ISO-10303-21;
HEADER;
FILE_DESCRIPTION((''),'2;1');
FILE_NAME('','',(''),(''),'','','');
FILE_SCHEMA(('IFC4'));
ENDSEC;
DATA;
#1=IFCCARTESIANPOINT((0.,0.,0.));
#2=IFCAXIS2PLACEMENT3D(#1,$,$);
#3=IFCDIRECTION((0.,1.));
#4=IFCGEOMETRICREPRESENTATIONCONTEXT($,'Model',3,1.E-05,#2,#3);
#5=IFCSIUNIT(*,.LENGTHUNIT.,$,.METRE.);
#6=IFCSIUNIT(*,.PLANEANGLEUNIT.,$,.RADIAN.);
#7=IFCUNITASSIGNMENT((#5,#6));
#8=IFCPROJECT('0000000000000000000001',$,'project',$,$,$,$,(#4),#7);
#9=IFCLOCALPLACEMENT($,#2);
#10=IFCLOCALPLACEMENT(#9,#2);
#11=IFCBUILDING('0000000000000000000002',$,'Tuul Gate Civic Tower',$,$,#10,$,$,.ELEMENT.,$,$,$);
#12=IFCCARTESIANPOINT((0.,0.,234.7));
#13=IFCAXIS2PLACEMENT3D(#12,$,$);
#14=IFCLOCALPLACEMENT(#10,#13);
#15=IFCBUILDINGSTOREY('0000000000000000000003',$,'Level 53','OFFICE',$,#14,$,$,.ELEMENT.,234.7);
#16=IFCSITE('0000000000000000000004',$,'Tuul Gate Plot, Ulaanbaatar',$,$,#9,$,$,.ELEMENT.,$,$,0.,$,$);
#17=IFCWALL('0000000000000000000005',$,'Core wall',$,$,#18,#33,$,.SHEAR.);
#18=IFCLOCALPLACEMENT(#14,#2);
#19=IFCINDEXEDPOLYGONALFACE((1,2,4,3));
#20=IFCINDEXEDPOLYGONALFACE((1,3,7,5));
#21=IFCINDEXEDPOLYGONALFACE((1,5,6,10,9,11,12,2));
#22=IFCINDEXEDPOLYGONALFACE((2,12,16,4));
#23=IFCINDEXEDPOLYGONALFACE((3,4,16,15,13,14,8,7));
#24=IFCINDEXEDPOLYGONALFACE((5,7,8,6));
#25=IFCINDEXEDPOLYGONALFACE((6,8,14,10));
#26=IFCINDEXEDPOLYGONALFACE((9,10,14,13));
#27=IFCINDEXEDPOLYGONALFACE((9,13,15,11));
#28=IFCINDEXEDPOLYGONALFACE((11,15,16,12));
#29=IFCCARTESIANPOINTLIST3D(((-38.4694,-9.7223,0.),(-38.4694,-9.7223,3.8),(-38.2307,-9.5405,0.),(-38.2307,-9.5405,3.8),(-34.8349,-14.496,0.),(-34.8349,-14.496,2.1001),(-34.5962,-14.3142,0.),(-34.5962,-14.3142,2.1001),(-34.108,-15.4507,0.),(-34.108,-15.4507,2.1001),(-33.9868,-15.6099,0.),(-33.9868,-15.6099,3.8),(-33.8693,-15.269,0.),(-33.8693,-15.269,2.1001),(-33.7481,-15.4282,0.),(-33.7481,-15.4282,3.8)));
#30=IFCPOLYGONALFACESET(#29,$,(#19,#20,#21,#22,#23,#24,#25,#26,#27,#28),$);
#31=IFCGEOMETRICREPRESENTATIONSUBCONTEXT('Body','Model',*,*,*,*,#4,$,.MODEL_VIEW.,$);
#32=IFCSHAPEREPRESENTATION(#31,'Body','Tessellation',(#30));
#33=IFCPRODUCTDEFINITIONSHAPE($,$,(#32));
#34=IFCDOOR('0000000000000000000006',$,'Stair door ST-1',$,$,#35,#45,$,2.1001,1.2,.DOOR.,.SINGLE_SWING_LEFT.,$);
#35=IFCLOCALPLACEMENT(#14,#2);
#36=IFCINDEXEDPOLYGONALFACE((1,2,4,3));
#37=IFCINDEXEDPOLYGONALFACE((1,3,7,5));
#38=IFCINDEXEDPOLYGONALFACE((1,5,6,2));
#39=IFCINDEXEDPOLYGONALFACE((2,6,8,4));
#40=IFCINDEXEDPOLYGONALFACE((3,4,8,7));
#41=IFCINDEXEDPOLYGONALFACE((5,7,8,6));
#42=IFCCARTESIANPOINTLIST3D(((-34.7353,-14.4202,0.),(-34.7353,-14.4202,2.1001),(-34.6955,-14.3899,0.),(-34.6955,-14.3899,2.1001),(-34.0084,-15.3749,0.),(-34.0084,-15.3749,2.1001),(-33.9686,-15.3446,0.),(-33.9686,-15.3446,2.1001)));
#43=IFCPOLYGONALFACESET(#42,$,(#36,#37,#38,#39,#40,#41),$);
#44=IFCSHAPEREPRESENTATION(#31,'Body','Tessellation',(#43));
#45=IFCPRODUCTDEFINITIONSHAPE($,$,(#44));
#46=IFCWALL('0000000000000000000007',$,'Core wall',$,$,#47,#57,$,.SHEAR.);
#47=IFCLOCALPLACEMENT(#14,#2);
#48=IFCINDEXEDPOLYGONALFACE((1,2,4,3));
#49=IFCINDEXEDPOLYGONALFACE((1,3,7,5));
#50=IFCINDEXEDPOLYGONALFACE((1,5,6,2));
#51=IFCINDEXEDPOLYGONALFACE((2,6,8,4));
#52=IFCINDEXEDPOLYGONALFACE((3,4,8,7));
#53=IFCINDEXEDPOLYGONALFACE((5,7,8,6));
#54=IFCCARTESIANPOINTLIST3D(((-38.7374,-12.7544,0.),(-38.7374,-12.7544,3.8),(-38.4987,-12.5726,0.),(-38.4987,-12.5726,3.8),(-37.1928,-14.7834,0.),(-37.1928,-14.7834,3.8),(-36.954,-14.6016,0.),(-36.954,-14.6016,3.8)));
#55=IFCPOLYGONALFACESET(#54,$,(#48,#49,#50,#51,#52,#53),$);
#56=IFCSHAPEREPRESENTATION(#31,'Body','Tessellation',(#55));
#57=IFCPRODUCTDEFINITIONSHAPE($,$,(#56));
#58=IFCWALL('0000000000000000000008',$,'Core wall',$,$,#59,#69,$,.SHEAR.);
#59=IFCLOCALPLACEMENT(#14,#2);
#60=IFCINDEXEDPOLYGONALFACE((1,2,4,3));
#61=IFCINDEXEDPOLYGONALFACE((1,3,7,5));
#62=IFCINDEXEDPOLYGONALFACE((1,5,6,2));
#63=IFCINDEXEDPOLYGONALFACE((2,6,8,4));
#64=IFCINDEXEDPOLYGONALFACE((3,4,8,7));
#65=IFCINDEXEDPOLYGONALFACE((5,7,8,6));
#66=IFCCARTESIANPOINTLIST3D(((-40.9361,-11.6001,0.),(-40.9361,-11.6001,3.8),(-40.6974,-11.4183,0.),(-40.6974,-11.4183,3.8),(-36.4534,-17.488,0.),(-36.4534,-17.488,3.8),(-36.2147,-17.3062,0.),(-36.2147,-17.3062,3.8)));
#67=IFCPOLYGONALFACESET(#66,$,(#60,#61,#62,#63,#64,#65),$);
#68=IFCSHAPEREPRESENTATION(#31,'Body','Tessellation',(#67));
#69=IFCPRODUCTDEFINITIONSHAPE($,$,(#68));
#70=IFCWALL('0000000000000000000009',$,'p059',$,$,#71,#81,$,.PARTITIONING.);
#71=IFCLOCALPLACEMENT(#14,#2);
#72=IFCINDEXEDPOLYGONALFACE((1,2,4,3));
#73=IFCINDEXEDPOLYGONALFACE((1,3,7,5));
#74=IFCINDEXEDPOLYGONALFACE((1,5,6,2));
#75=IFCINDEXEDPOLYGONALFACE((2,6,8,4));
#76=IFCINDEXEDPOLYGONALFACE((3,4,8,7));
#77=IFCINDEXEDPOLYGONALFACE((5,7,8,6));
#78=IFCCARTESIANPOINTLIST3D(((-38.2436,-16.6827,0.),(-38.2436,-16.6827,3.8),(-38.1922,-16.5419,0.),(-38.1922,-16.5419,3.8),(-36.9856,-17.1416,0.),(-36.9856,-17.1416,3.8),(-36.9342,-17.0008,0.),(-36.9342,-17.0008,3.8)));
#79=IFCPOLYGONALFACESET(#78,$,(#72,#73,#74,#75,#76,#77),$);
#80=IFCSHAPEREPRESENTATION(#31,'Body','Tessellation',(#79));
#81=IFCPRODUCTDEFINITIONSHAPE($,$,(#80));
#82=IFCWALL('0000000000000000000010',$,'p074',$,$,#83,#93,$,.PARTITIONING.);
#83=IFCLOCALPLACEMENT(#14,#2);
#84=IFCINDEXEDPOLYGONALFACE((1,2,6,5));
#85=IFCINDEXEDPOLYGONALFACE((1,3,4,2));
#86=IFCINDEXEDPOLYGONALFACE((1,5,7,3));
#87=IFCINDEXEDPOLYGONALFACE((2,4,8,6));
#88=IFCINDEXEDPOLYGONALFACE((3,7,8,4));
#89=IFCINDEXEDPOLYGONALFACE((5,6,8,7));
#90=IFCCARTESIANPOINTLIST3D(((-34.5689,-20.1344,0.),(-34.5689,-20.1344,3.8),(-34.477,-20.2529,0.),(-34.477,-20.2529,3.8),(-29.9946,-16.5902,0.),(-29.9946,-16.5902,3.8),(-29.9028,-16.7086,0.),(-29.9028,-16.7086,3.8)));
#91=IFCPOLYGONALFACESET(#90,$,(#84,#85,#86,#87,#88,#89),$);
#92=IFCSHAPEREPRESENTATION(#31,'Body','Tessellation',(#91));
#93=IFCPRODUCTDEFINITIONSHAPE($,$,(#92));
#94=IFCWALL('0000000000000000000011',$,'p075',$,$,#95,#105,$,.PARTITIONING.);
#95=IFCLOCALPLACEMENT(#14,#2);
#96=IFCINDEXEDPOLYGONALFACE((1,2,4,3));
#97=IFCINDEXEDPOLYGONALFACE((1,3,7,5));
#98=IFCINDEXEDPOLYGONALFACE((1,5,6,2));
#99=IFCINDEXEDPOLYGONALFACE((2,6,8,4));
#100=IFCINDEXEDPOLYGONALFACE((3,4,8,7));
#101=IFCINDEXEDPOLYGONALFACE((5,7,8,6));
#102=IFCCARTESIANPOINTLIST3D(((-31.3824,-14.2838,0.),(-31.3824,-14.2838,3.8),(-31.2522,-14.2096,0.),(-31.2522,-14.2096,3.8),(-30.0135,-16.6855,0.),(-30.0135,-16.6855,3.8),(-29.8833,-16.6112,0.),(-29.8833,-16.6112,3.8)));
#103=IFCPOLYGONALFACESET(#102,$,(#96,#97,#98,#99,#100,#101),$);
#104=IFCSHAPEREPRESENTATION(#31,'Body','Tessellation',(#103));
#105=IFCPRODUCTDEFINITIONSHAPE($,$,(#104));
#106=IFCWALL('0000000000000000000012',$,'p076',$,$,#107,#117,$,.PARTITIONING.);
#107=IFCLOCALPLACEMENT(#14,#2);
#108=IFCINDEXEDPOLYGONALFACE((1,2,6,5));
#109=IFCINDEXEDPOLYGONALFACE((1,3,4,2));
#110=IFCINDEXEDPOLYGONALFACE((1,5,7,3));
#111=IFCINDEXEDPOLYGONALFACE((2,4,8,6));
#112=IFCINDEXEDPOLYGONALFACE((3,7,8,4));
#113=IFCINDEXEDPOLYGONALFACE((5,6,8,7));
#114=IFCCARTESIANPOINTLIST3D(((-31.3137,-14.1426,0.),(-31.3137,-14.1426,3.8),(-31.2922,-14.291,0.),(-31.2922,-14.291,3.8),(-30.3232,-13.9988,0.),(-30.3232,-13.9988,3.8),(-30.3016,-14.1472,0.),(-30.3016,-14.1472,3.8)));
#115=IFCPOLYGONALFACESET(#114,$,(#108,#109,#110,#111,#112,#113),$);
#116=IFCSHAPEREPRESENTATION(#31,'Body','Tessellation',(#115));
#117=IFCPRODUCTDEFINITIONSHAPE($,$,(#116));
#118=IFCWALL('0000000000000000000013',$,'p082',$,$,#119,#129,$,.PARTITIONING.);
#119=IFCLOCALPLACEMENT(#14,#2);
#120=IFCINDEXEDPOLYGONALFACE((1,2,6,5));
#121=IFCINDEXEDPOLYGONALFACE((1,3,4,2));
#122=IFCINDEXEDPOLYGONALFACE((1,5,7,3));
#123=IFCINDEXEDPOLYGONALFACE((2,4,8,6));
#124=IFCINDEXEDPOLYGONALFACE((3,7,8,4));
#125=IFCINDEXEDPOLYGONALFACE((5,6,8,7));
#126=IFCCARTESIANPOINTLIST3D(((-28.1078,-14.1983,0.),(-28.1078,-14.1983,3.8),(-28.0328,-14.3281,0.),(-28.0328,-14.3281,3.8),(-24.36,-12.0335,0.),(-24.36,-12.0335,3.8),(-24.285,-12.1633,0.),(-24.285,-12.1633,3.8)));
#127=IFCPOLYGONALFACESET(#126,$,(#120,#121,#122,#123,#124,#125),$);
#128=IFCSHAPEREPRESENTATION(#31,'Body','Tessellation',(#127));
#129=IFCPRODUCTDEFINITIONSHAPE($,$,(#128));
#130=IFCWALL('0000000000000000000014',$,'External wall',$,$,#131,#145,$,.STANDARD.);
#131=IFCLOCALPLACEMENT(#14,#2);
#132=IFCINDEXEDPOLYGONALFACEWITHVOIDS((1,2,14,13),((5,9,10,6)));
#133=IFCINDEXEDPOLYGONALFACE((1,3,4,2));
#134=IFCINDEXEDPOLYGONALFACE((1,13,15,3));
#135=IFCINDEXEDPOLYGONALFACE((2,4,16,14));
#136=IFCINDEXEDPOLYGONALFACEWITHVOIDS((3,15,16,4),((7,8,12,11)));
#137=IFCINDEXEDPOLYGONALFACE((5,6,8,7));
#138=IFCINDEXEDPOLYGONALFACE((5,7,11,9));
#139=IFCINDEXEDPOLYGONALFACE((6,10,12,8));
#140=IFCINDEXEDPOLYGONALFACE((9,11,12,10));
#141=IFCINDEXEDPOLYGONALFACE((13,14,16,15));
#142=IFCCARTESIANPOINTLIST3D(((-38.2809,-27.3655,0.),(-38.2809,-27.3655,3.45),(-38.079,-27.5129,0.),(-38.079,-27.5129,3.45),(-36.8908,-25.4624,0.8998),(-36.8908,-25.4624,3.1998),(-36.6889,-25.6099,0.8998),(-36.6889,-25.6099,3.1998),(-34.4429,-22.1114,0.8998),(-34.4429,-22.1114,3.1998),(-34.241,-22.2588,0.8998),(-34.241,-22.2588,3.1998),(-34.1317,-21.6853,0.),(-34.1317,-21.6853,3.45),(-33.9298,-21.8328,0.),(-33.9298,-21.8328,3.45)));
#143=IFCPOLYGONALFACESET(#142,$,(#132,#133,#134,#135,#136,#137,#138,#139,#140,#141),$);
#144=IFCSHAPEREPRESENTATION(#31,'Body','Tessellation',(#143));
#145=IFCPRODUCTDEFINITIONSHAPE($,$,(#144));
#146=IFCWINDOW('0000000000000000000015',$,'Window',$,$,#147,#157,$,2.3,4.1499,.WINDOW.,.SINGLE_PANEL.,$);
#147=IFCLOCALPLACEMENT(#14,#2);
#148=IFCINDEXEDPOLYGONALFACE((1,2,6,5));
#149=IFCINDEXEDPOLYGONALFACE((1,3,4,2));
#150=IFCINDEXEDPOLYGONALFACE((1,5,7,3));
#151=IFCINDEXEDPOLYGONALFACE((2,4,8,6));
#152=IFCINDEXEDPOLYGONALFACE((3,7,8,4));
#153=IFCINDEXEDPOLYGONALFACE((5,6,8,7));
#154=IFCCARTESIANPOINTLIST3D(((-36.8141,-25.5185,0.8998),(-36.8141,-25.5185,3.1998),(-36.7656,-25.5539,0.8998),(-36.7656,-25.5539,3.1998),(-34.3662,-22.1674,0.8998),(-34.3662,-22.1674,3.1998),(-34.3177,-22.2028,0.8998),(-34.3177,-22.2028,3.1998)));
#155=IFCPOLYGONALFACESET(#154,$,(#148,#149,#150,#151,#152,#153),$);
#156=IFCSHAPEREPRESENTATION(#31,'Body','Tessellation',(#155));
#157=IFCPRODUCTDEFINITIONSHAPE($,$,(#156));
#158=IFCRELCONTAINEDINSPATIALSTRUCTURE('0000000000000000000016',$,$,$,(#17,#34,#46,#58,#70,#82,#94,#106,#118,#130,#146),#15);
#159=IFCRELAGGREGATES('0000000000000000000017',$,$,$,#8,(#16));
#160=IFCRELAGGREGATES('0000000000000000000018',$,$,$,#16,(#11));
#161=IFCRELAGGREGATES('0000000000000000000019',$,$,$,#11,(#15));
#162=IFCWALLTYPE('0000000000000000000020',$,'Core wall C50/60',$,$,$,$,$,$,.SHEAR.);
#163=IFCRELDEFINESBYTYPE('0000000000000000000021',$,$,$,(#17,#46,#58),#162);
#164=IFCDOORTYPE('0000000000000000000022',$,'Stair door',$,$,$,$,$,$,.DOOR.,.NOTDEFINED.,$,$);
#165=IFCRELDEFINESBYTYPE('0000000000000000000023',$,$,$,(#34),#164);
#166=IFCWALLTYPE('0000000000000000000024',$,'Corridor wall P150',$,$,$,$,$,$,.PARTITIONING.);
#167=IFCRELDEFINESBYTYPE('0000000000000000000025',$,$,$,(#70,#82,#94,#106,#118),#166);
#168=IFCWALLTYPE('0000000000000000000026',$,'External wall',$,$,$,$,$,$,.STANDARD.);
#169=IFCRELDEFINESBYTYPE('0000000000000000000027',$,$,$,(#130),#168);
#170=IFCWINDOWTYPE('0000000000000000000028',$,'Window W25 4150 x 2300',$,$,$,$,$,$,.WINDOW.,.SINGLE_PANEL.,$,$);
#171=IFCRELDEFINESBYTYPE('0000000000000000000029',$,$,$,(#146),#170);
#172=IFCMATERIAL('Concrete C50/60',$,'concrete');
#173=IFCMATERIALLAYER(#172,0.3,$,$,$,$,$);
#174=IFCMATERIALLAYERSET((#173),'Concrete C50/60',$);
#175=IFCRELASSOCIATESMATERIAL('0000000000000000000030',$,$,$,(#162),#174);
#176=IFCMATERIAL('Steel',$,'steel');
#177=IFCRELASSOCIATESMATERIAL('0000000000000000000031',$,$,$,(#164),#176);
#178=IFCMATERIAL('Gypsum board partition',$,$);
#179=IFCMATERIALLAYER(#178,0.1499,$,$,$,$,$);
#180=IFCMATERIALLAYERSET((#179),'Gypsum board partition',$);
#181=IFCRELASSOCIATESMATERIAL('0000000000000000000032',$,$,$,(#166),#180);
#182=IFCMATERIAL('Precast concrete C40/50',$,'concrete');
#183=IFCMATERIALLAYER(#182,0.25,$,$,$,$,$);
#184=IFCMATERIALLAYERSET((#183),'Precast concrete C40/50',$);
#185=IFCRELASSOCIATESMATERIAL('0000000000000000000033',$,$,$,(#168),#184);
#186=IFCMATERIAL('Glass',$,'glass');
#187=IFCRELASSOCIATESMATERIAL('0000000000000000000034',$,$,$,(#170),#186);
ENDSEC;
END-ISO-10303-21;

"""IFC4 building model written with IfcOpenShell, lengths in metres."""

from ifc_helpers import new_model, si_unit, direction, frame, frame_2d, origin, place, context, subcontext, project, spatial, rectangle, extrude, material, layer, layer_set, type_object, element, fill, save


model = new_model("IFC4")

# Units and contexts
model_context = context("Model", 3, precision=1e-05, world=origin(), true_north=direction((0.0, 1.0)))
body_context = subcontext(model_context, "Body", "Model", "MODEL_VIEW")
ifc_project = project(units=[si_unit("LENGTHUNIT", "METRE"), si_unit("PLANEANGLEUNIT", "RADIAN")], contexts=[model_context])

# Site, building, storey
site_placement = place(None, origin())
site = spatial("IfcSite", under=ifc_project, at=site_placement, Name="Tuul Gate Plot, Ulaanbaatar", CompositionType="ELEMENT", RefElevation=0.0)
building_placement = place(site_placement, origin())
building = spatial("IfcBuilding", under=site, at=building_placement, Name="Tuul Gate Civic Tower", CompositionType="ELEMENT")
storey_placement = place(building_placement, frame((0.0, 0.0, 234.7)))
storey = spatial("IfcBuildingStorey", under=building, at=storey_placement, Name="Level 53", Description="OFFICE", CompositionType="ELEMENT", Elevation=234.7)

# Shared definitions
ifc_material_1 = material(Name="Concrete C50/60", Category="concrete")
ifc_layer_1 = layer(ifc_material_1, 0.3)
ifc_layer_set_1 = layer_set([ifc_layer_1], Name="Concrete C50/60")
wall_type_1 = type_object("IfcWallType", Name="Core wall C50/60", PredefinedType="SHEAR", material=ifc_layer_set_1)

# Wall, opening, door
wall_1_placement = place(storey_placement, frame((-33.8674, -15.519, 0.0), z_axis=(0.0, 0.0, 1.0), x_axis=(-0.60577, 0.79564, 0.0)))
wall_1 = element("IfcWall", 1, at=wall_1_placement, inside=storey, type_object=wall_type_1, Name="Core wall", PredefinedType="SHEAR", context=body_context, shape_type="SweptSolid", body=[
    extrude(rectangle(XDim=7.3999, YDim=0.3, at=frame_2d((3.7, 0.0))), origin(), (0.0, 0.0, 1.0), 3.8),
])
opening_1_placement = place(wall_1_placement, frame((0.2, 0.0, 0.0)))
opening_1 = element("IfcOpeningElement", 2, at=opening_1_placement, cuts=wall_1, PredefinedType="OPENING", context=body_context, shape_type="SweptSolid", body=[
    extrude(rectangle(XDim=1.2, YDim=2.1001, at=frame_2d((0.6001, 1.05))), frame((0.0, 0.1602, 0.0), z_axis=(0.0, -1.0, 0.0), x_axis=(1.0, 0.0, 0.0)), (0.0, 0.0, 1.0), 0.3201),
])
ifc_material_2 = material(Name="Steel", Category="steel")
door_type_1 = type_object("IfcDoorType", Name="Stair door", OperationType="NOTDEFINED", PredefinedType="DOOR", material=ifc_material_2)
door_1_placement = place(opening_1_placement, origin())
door_1 = element("IfcDoor", 3, at=door_1_placement, inside=storey, type_object=door_type_1, Name="Stair door ST-1", OperationType="SINGLE_SWING_LEFT", OverallHeight=2.1001, OverallWidth=1.2, PredefinedType="DOOR", context=body_context, shape_type="SweptSolid", body=[
    extrude(rectangle(XDim=1.2, YDim=2.1001, at=frame_2d((0.6001, 1.05))), frame((0.0, 0.0249, 0.0), z_axis=(0.0, -1.0, 0.0), x_axis=(1.0, 0.0, 0.0)), (0.0, 0.0, 1.0), 0.05),
])
fill(opening_1, door_1)

# Walls
wall_2_placement = place(storey_placement, frame((-37.0735, -14.6924, 0.0), z_axis=(0.0, 0.0, 1.0), x_axis=(-0.605729, 0.795671, 0.0)))
element("IfcWall", 4, at=wall_2_placement, inside=storey, type_object=wall_type_1, Name="Core wall", PredefinedType="SHEAR", context=body_context, shape_type="SweptSolid", body=[
    extrude(rectangle(XDim=2.55, YDim=0.3, at=frame_2d((1.2749, 0.0))), origin(), (0.0, 0.0, 1.0), 3.8),
])
wall_3_placement = place(storey_placement, frame((-36.334, -17.3972, 0.0), z_axis=(0.0, 0.0, 1.0), x_axis=(-0.605754, 0.795652, 0.0)))
element("IfcWall", 5, at=wall_3_placement, inside=storey, type_object=wall_type_1, Name="Core wall", PredefinedType="SHEAR", context=body_context, shape_type="SweptSolid", body=[
    extrude(rectangle(XDim=7.4001, YDim=0.3, at=frame_2d((3.7002, 0.0))), origin(), (0.0, 0.0, 1.0), 3.8),
])
ifc_material_3 = material(Name="Gypsum board partition")
ifc_layer_2 = layer(ifc_material_3, 0.1499)
ifc_layer_set_2 = layer_set([ifc_layer_2], Name="Gypsum board partition")
wall_type_2 = type_object("IfcWallType", Name="Corridor wall P150", PredefinedType="PARTITIONING", material=ifc_layer_set_2)
wall_4_placement = place(storey_placement, frame((-38.2178, -16.6123, 0.0), z_axis=(0.0, 0.0, 1.0), x_axis=(0.939431, -0.342738, 0.0)))
element("IfcWall", 6, at=wall_4_placement, inside=storey, type_object=wall_type_2, Name="p059", PredefinedType="PARTITIONING", context=body_context, shape_type="SweptSolid", body=[
    extrude(rectangle(XDim=1.3391, YDim=0.1499, at=frame_2d((0.6694, 0.0))), origin(), (0.0, 0.0, 1.0), 3.8),
])
wall_5_placement = place(storey_placement, frame((-34.5229, -20.1936, 0.0), z_axis=(0.0, 0.0, 1.0), x_axis=(0.790485, 0.612482, 0.0)))
element("IfcWall", 7, at=wall_5_placement, inside=storey, type_object=wall_type_2, Name="p074", PredefinedType="PARTITIONING", context=body_context, shape_type="SweptSolid", body=[
    extrude(rectangle(XDim=5.7866, YDim=0.1499, at=frame_2d((2.8933, 0.0))), origin(), (0.0, 0.0, 1.0), 3.8),
])
wall_6_placement = place(storey_placement, frame((-31.3174, -14.2466, 0.0), z_axis=(0.0, 0.0, 1.0), x_axis=(0.495197, -0.868781, 0.0)))
element("IfcWall", 8, at=wall_6_placement, inside=storey, type_object=wall_type_2, Name="p075", PredefinedType="PARTITIONING", context=body_context, shape_type="SweptSolid", body=[
    extrude(rectangle(XDim=2.7644, YDim=0.1499, at=frame_2d((1.3823, 0.0))), origin(), (0.0, 0.0, 1.0), 3.8),
])
wall_7_placement = place(storey_placement, frame((-31.303, -14.2168, 0.0), z_axis=(0.0, 0.0, 1.0), x_axis=(0.989625, 0.143675, 0.0)))
element("IfcWall", 9, at=wall_7_placement, inside=storey, type_object=wall_type_2, Name="p076", PredefinedType="PARTITIONING", context=body_context, shape_type="SweptSolid", body=[
    extrude(rectangle(XDim=1.001, YDim=0.1499, at=frame_2d((0.5005, 0.0))), origin(), (0.0, 0.0, 1.0), 3.8),
])
wall_8_placement = place(storey_placement, frame((-28.0703, -14.2632, 0.0), z_axis=(0.0, 0.0, 1.0), x_axis=(0.865925, 0.500173, 0.0)))
element("IfcWall", 10, at=wall_8_placement, inside=storey, type_object=wall_type_2, Name="p082", PredefinedType="PARTITIONING", context=body_context, shape_type="SweptSolid", body=[
    extrude(rectangle(XDim=4.3281, YDim=0.1499, at=frame_2d((2.1641, 0.0))), origin(), (0.0, 0.0, 1.0), 3.8),
])

# Wall, opening, window
ifc_material_4 = material(Name="Precast concrete C40/50", Category="concrete")
ifc_layer_3 = layer(ifc_material_4, 0.25)
ifc_layer_set_3 = layer_set([ifc_layer_3], Name="Precast concrete C40/50")
wall_type_3 = type_object("IfcWallType", Name="External wall", PredefinedType="STANDARD", material=ifc_layer_set_3)
wall_9_placement = place(storey_placement, frame((-38.1799, -27.4392, 0.0), z_axis=(0.0, 0.0, 1.0), x_axis=(0.589856, 0.807508, 0.0)))
wall_9 = element("IfcWall", 11, at=wall_9_placement, inside=storey, type_object=wall_type_3, Name="External wall", PredefinedType="STANDARD", context=body_context, shape_type="SweptSolid", body=[
    extrude(rectangle(XDim=7.0342, YDim=0.25, at=frame_2d((3.5171, 0.0))), origin(), (0.0, 0.0, 1.0), 3.45),
])
opening_2_placement = place(wall_9_placement, frame((2.3567, 0.0, 0.8999)))
opening_2 = element("IfcOpeningElement", 12, at=opening_2_placement, cuts=wall_9, PredefinedType="OPENING", context=body_context, shape_type="SweptSolid", body=[
    extrude(rectangle(XDim=4.1499, YDim=2.3, at=frame_2d((2.075, 1.1499))), frame((0.0, 0.135, 0.0), z_axis=(0.0, -1.0, 0.0), x_axis=(1.0, 0.0, 0.0)), (0.0, 0.0, 1.0), 0.27),
])
ifc_material_5 = material(Name="Glass", Category="glass")
window_type_1 = type_object("IfcWindowType", Name="Window W25 4150 x 2300", PartitioningType="SINGLE_PANEL", PredefinedType="WINDOW", material=ifc_material_5)
window_1_placement = place(opening_2_placement, origin())
window_1 = element("IfcWindow", 13, at=window_1_placement, inside=storey, type_object=window_type_1, Name="Window", OverallHeight=2.3, OverallWidth=4.1499, PartitioningType="SINGLE_PANEL", PredefinedType="WINDOW", context=body_context, shape_type="SweptSolid", body=[
    extrude(rectangle(XDim=4.1499, YDim=2.3, at=frame_2d((2.075, 1.1499))), frame((0.0, 0.03, 0.0), z_axis=(0.0, -1.0, 0.0), x_axis=(1.0, 0.0, 0.0)), (0.0, 0.0, 1.0), 0.0601),
])
fill(opening_2, window_1)

save(model, "model.ifc")
